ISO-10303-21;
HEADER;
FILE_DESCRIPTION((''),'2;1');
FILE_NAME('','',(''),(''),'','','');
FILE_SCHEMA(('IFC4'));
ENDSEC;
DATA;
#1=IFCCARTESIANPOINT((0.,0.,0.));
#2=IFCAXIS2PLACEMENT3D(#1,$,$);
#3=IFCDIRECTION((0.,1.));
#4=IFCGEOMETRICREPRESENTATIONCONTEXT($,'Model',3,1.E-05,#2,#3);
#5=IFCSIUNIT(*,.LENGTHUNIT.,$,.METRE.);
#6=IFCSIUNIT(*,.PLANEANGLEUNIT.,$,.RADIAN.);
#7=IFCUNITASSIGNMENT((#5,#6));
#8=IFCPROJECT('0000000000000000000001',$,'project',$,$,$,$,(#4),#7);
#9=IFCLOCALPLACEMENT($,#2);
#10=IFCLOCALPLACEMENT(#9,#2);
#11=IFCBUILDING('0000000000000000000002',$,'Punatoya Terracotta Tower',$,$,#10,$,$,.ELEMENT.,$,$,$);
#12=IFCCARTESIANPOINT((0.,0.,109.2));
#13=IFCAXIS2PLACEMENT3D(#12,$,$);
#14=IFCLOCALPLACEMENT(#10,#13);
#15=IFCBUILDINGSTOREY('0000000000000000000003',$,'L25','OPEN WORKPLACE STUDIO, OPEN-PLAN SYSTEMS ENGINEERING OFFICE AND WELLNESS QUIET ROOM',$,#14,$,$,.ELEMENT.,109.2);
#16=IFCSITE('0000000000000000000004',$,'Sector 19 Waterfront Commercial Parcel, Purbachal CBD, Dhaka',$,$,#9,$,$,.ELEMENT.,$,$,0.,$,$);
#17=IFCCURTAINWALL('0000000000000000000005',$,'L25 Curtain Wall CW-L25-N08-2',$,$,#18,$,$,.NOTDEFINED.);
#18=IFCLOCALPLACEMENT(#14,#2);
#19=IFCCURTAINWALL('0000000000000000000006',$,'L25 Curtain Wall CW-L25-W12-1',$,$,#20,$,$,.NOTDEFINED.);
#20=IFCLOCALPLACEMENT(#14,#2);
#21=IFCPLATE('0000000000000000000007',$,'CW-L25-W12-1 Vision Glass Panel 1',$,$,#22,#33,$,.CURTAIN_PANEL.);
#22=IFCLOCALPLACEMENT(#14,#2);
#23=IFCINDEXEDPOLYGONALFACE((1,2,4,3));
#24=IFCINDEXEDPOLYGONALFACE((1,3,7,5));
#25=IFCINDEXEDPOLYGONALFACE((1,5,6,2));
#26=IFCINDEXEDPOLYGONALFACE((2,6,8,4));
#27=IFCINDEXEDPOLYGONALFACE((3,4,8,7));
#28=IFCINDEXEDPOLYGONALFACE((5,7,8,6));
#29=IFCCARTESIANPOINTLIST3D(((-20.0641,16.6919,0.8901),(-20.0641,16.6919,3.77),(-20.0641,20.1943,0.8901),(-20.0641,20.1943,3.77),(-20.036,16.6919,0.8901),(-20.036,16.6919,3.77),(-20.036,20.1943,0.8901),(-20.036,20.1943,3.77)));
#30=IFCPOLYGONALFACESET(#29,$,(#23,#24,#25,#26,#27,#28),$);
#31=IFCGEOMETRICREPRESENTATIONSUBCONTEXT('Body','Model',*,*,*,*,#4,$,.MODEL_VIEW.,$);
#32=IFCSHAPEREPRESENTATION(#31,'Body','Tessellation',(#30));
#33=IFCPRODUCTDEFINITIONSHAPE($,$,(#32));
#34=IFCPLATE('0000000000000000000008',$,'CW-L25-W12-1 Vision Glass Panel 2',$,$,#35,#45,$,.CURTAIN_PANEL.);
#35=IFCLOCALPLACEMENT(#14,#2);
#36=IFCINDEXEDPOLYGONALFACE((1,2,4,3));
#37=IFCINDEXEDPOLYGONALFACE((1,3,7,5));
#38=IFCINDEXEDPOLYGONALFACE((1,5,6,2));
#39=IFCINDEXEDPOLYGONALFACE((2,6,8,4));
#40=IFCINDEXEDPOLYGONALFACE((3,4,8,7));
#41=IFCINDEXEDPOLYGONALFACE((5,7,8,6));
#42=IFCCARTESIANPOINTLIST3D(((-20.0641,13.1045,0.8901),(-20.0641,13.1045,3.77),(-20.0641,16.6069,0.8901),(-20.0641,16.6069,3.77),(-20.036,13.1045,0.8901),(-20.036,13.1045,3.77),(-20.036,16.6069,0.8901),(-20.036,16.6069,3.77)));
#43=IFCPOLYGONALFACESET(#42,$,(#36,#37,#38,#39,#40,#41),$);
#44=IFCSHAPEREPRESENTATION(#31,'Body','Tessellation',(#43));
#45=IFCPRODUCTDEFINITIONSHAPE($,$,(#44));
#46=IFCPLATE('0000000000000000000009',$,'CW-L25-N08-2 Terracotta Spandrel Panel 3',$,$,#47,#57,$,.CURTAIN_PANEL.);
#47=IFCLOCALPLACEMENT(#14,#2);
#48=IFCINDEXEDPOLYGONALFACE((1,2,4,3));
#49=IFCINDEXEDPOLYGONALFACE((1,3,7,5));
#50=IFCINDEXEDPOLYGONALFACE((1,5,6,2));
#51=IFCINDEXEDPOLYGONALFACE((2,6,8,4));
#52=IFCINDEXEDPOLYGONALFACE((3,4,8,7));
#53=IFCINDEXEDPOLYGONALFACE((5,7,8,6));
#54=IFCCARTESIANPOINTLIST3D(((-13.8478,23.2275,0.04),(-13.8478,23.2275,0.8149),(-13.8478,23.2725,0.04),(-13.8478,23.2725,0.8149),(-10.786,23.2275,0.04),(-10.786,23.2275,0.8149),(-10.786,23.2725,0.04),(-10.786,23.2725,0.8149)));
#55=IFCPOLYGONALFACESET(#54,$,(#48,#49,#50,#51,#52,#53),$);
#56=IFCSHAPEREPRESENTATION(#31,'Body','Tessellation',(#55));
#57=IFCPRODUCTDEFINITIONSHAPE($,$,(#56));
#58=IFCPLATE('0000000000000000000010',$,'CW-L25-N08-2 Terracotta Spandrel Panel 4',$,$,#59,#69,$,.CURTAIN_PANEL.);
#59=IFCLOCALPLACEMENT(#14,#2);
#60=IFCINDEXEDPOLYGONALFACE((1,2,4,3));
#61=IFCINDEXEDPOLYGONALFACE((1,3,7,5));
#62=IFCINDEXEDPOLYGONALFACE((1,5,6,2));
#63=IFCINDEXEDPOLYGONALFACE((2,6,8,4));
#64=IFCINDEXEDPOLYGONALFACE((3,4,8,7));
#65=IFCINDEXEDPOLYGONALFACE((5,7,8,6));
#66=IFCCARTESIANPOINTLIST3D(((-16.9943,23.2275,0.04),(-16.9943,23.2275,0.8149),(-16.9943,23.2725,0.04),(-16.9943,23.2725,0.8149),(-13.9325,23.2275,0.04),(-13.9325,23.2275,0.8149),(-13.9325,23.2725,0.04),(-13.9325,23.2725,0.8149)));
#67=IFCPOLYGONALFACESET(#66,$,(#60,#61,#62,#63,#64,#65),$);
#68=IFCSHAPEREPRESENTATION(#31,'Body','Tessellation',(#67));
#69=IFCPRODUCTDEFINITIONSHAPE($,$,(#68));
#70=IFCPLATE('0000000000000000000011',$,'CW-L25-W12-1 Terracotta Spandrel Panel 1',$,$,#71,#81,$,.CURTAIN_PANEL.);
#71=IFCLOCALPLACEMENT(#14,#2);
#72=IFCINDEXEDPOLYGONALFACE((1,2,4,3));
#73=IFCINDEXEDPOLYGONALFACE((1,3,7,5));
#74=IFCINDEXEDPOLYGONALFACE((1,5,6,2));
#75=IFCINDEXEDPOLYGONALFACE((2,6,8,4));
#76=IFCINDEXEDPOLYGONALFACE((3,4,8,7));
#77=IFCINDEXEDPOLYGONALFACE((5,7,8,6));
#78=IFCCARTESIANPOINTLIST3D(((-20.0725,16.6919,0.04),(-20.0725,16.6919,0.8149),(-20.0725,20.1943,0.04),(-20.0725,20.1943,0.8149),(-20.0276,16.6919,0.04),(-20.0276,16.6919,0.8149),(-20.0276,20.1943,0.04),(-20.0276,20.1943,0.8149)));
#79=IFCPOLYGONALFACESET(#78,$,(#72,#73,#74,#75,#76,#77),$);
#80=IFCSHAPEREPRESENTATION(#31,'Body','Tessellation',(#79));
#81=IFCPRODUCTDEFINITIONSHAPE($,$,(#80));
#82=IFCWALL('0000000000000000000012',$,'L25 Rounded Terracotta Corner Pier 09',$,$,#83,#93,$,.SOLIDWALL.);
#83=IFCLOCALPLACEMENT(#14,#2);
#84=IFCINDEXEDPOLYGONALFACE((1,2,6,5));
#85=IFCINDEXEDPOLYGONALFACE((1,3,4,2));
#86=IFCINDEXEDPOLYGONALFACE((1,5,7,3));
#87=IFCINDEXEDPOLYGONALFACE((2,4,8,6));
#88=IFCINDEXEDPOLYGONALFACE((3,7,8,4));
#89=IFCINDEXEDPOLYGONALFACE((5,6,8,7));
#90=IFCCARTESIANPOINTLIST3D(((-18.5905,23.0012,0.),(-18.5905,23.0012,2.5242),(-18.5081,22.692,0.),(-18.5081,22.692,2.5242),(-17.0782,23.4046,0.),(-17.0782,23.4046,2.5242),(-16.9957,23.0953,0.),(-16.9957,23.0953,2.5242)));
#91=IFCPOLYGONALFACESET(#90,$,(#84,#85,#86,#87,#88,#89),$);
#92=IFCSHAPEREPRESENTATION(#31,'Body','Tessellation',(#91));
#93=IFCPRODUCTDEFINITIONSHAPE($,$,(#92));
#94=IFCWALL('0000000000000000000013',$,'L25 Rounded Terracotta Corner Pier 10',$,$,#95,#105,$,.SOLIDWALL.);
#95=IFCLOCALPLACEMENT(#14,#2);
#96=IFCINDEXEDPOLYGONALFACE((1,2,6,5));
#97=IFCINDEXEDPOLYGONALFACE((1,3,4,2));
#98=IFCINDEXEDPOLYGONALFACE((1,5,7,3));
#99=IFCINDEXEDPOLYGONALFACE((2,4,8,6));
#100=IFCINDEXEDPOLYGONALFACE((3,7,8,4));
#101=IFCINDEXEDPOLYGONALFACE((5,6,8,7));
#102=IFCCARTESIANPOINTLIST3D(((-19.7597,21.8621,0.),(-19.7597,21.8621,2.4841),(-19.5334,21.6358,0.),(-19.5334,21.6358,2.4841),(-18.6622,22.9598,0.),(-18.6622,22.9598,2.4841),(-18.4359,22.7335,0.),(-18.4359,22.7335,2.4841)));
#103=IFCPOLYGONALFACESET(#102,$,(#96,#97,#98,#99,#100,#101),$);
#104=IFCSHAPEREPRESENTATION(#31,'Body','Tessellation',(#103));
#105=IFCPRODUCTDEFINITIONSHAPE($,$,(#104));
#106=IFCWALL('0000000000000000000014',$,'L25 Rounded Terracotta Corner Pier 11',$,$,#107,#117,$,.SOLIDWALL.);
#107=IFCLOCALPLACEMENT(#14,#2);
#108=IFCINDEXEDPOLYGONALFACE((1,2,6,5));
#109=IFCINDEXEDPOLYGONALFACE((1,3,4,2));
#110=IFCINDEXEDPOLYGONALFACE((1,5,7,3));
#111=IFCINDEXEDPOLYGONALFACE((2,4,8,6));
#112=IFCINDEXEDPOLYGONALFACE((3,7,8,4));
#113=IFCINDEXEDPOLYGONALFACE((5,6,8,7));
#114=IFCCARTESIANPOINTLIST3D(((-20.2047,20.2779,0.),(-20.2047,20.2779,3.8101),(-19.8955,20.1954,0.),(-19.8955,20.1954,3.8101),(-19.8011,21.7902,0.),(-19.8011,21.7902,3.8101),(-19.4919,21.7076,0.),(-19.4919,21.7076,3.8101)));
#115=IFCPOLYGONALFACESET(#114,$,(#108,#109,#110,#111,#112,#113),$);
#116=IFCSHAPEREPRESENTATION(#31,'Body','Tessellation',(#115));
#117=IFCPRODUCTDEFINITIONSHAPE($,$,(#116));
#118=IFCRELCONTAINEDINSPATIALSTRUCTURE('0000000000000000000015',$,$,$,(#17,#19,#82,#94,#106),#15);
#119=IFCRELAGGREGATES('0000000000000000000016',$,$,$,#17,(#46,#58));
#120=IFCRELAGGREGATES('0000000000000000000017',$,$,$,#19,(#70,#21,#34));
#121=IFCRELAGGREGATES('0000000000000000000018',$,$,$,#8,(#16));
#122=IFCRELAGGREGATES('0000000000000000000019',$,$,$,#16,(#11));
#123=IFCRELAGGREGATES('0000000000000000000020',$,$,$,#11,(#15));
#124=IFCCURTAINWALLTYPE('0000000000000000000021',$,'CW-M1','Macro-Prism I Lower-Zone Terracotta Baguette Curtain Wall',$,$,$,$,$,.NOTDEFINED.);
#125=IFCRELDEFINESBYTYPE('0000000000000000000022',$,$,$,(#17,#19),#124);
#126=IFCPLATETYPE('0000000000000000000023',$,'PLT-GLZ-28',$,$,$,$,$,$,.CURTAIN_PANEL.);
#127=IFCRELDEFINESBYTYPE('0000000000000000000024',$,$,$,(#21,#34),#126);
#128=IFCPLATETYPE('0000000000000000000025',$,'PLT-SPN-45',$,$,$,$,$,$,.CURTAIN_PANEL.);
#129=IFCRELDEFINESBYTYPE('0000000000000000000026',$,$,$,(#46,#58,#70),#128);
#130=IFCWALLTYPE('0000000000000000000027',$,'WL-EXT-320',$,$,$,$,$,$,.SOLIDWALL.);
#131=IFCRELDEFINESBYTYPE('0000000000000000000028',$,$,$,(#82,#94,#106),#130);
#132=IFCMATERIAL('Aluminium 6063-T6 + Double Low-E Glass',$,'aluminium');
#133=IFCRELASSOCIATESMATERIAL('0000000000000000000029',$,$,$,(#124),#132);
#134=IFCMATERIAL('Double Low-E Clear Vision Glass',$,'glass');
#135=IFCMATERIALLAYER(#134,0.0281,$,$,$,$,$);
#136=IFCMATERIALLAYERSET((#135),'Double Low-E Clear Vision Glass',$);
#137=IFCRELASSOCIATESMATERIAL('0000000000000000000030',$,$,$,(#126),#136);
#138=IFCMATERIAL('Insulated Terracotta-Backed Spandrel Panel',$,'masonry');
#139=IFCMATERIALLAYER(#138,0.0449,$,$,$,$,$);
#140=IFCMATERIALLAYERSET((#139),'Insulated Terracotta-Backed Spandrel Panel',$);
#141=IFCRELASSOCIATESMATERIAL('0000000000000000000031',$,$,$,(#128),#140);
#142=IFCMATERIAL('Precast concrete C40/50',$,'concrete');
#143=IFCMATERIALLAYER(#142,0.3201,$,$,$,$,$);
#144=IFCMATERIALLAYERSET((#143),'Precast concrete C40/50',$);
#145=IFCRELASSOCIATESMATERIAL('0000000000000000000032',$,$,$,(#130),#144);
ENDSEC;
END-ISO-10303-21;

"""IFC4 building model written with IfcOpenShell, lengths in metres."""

from ifc_helpers import new_model, si_unit, direction, frame, frame_2d, origin, origin_2d, place, context, subcontext, project, spatial, rectangle, extrude, material, layer, layer_set, type_object, element, aggregate, save


model = new_model("IFC4")

# Units and contexts
model_context = context("Model", 3, precision=1e-05, world=origin(), true_north=direction((0.0, 1.0)))
body_context = subcontext(model_context, "Body", "Model", "MODEL_VIEW")
ifc_project = project(units=[si_unit("LENGTHUNIT", "METRE"), si_unit("PLANEANGLEUNIT", "RADIAN")], contexts=[model_context])

# Site, building, storey
site_placement = place(None, origin())
site = spatial("IfcSite", under=ifc_project, at=site_placement, Name="Sector 19 Waterfront Commercial Parcel, Purbachal CBD, Dhaka", CompositionType="ELEMENT", RefElevation=0.0)
building_placement = place(site_placement, origin())
building = spatial("IfcBuilding", under=site, at=building_placement, Name="Punatoya Terracotta Tower", CompositionType="ELEMENT")
storey_placement = place(building_placement, frame((0.0, 0.0, 109.2)))
storey = spatial("IfcBuildingStorey", under=building, at=storey_placement, Name="L25", Description="OPEN WORKPLACE STUDIO, OPEN-PLAN SYSTEMS ENGINEERING OFFICE AND WELLNESS QUIET ROOM", CompositionType="ELEMENT", Elevation=109.2)

# Curtain walls
ifc_material_1 = material(Name="Aluminium 6063-T6 + Double Low-E Glass", Category="aluminium")
curtain_wall_type = type_object("IfcCurtainWallType", Name="CW-M1", Description="Macro-Prism I Lower-Zone Terracotta Baguette Curtain Wall", PredefinedType="NOTDEFINED", material=ifc_material_1)
curtain_wall_1_placement = place(storey_placement, origin())
curtain_wall_1 = element("IfcCurtainWall", 1, at=curtain_wall_1_placement, inside=storey, type_object=curtain_wall_type, Name="L25 Curtain Wall CW-L25-N08-2", PredefinedType="NOTDEFINED")
curtain_wall_2_placement = place(storey_placement, origin())
curtain_wall_2 = element("IfcCurtainWall", 2, at=curtain_wall_2_placement, inside=storey, type_object=curtain_wall_type, Name="L25 Curtain Wall CW-L25-W12-1", PredefinedType="NOTDEFINED")

# Plates
ifc_material_2 = material(Name="Double Low-E Clear Vision Glass", Category="glass")
ifc_layer_1 = layer(ifc_material_2, 0.0281)
ifc_layer_set_1 = layer_set([ifc_layer_1], Name="Double Low-E Clear Vision Glass")
plate_type_1 = type_object("IfcPlateType", Name="PLT-GLZ-28", PredefinedType="CURTAIN_PANEL", material=ifc_layer_set_1)
plate_1_placement = place(storey_placement, frame((-20.05, 18.4431, 0.8901), z_axis=(0.0, 0.0, 1.0), x_axis=(0.0, -1.0, 0.0)))
plate_1 = element("IfcPlate", 3, at=plate_1_placement, type_object=plate_type_1, Name="CW-L25-W12-1 Vision Glass Panel 1", PredefinedType="CURTAIN_PANEL", context=body_context, shape_type="SweptSolid", body=[
    extrude(rectangle(XDim=3.5024, YDim=0.0281, at=origin_2d()), origin(), (0.0, 0.0, 1.0), 2.8799),
])
plate_2_placement = place(storey_placement, frame((-20.05, 14.8557, 0.8901), z_axis=(0.0, 0.0, 1.0), x_axis=(0.0, -1.0, 0.0)))
plate_2 = element("IfcPlate", 4, at=plate_2_placement, type_object=plate_type_1, Name="CW-L25-W12-1 Vision Glass Panel 2", PredefinedType="CURTAIN_PANEL", context=body_context, shape_type="SweptSolid", body=[
    extrude(rectangle(XDim=3.5024, YDim=0.0281, at=origin_2d()), origin(), (0.0, 0.0, 1.0), 2.8799),
])
ifc_material_3 = material(Name="Insulated Terracotta-Backed Spandrel Panel", Category="masonry")
ifc_layer_2 = layer(ifc_material_3, 0.0449)
ifc_layer_set_2 = layer_set([ifc_layer_2], Name="Insulated Terracotta-Backed Spandrel Panel")
plate_type_2 = type_object("IfcPlateType", Name="PLT-SPN-45", PredefinedType="CURTAIN_PANEL", material=ifc_layer_set_2)
plate_3_placement = place(storey_placement, frame((-12.3169, 23.25, 0.04), z_axis=(0.0, 0.0, 1.0), x_axis=(-1.0, 0.0, 0.0)))
plate_3 = element("IfcPlate", 5, at=plate_3_placement, type_object=plate_type_2, Name="CW-L25-N08-2 Terracotta Spandrel Panel 3", PredefinedType="CURTAIN_PANEL", context=body_context, shape_type="SweptSolid", body=[
    extrude(rectangle(XDim=3.0618, YDim=0.0449, at=origin_2d()), origin(), (0.0, 0.0, 1.0), 0.7749),
])
plate_4_placement = place(storey_placement, frame((-15.4634, 23.25, 0.04), z_axis=(0.0, 0.0, 1.0), x_axis=(-1.0, 0.0, 0.0)))
plate_4 = element("IfcPlate", 6, at=plate_4_placement, type_object=plate_type_2, Name="CW-L25-N08-2 Terracotta Spandrel Panel 4", PredefinedType="CURTAIN_PANEL", context=body_context, shape_type="SweptSolid", body=[
    extrude(rectangle(XDim=3.0618, YDim=0.0449, at=origin_2d()), origin(), (0.0, 0.0, 1.0), 0.7749),
])
aggregate(curtain_wall_1, [plate_3, plate_4])
plate_5_placement = place(storey_placement, frame((-20.05, 18.4431, 0.04), z_axis=(0.0, 0.0, 1.0), x_axis=(0.0, -1.0, 0.0)))
plate_5 = element("IfcPlate", 7, at=plate_5_placement, type_object=plate_type_2, Name="CW-L25-W12-1 Terracotta Spandrel Panel 1", PredefinedType="CURTAIN_PANEL", context=body_context, shape_type="SweptSolid", body=[
    extrude(rectangle(XDim=3.5024, YDim=0.0449, at=origin_2d()), origin(), (0.0, 0.0, 1.0), 0.7749),
])
aggregate(curtain_wall_2, [plate_5, plate_1, plate_2])

# Walls
ifc_material_4 = material(Name="Precast concrete C40/50", Category="concrete")
ifc_layer_3 = layer(ifc_material_4, 0.3201)
ifc_layer_set_3 = layer_set([ifc_layer_3], Name="Precast concrete C40/50")
wall_type = type_object("IfcWallType", Name="WL-EXT-320", PredefinedType="SOLIDWALL", material=ifc_layer_set_3)
wall_1_placement = place(storey_placement, frame((-17.0369, 23.25, 0.0), z_axis=(0.0, 0.0, 1.0), x_axis=(-0.966225, -0.257701, 0.0)))
element("IfcWall", 8, at=wall_1_placement, inside=storey, type_object=wall_type, Name="L25 Rounded Terracotta Corner Pier 09", PredefinedType="SOLIDWALL", context=body_context, shape_type="SweptSolid", body=[
    extrude(rectangle(XDim=1.5652, YDim=0.3201, at=frame_2d((0.7827, 0.0))), origin(), (0.0, 0.0, 1.0), 2.5242),
])
wall_2_placement = place(storey_placement, frame((-18.5491, 22.8467, 0.0), z_axis=(0.0, 0.0, 1.0), x_axis=(-0.707028, -0.707185, 0.0)))
element("IfcWall", 9, at=wall_2_placement, inside=storey, type_object=wall_type, Name="L25 Rounded Terracotta Corner Pier 10", PredefinedType="SOLIDWALL", context=body_context, shape_type="SweptSolid", body=[
    extrude(rectangle(XDim=1.5522, YDim=0.3201, at=frame_2d((0.7761, 0.0))), origin(), (0.0, 0.0, 1.0), 2.4841),
])
wall_3_placement = place(storey_placement, frame((-19.6465, 21.749, 0.0), z_axis=(0.0, 0.0, 1.0), x_axis=(-0.257847, -0.966186, 0.0)))
element("IfcWall", 10, at=wall_3_placement, inside=storey, type_object=wall_type, Name="L25 Rounded Terracotta Corner Pier 11", PredefinedType="SOLIDWALL", context=body_context, shape_type="SweptSolid", body=[
    extrude(rectangle(XDim=1.5652, YDim=0.3201, at=frame_2d((0.7827, 0.0))), origin(), (0.0, 0.0, 1.0), 3.8101),
])

save(model, "model.ifc")
